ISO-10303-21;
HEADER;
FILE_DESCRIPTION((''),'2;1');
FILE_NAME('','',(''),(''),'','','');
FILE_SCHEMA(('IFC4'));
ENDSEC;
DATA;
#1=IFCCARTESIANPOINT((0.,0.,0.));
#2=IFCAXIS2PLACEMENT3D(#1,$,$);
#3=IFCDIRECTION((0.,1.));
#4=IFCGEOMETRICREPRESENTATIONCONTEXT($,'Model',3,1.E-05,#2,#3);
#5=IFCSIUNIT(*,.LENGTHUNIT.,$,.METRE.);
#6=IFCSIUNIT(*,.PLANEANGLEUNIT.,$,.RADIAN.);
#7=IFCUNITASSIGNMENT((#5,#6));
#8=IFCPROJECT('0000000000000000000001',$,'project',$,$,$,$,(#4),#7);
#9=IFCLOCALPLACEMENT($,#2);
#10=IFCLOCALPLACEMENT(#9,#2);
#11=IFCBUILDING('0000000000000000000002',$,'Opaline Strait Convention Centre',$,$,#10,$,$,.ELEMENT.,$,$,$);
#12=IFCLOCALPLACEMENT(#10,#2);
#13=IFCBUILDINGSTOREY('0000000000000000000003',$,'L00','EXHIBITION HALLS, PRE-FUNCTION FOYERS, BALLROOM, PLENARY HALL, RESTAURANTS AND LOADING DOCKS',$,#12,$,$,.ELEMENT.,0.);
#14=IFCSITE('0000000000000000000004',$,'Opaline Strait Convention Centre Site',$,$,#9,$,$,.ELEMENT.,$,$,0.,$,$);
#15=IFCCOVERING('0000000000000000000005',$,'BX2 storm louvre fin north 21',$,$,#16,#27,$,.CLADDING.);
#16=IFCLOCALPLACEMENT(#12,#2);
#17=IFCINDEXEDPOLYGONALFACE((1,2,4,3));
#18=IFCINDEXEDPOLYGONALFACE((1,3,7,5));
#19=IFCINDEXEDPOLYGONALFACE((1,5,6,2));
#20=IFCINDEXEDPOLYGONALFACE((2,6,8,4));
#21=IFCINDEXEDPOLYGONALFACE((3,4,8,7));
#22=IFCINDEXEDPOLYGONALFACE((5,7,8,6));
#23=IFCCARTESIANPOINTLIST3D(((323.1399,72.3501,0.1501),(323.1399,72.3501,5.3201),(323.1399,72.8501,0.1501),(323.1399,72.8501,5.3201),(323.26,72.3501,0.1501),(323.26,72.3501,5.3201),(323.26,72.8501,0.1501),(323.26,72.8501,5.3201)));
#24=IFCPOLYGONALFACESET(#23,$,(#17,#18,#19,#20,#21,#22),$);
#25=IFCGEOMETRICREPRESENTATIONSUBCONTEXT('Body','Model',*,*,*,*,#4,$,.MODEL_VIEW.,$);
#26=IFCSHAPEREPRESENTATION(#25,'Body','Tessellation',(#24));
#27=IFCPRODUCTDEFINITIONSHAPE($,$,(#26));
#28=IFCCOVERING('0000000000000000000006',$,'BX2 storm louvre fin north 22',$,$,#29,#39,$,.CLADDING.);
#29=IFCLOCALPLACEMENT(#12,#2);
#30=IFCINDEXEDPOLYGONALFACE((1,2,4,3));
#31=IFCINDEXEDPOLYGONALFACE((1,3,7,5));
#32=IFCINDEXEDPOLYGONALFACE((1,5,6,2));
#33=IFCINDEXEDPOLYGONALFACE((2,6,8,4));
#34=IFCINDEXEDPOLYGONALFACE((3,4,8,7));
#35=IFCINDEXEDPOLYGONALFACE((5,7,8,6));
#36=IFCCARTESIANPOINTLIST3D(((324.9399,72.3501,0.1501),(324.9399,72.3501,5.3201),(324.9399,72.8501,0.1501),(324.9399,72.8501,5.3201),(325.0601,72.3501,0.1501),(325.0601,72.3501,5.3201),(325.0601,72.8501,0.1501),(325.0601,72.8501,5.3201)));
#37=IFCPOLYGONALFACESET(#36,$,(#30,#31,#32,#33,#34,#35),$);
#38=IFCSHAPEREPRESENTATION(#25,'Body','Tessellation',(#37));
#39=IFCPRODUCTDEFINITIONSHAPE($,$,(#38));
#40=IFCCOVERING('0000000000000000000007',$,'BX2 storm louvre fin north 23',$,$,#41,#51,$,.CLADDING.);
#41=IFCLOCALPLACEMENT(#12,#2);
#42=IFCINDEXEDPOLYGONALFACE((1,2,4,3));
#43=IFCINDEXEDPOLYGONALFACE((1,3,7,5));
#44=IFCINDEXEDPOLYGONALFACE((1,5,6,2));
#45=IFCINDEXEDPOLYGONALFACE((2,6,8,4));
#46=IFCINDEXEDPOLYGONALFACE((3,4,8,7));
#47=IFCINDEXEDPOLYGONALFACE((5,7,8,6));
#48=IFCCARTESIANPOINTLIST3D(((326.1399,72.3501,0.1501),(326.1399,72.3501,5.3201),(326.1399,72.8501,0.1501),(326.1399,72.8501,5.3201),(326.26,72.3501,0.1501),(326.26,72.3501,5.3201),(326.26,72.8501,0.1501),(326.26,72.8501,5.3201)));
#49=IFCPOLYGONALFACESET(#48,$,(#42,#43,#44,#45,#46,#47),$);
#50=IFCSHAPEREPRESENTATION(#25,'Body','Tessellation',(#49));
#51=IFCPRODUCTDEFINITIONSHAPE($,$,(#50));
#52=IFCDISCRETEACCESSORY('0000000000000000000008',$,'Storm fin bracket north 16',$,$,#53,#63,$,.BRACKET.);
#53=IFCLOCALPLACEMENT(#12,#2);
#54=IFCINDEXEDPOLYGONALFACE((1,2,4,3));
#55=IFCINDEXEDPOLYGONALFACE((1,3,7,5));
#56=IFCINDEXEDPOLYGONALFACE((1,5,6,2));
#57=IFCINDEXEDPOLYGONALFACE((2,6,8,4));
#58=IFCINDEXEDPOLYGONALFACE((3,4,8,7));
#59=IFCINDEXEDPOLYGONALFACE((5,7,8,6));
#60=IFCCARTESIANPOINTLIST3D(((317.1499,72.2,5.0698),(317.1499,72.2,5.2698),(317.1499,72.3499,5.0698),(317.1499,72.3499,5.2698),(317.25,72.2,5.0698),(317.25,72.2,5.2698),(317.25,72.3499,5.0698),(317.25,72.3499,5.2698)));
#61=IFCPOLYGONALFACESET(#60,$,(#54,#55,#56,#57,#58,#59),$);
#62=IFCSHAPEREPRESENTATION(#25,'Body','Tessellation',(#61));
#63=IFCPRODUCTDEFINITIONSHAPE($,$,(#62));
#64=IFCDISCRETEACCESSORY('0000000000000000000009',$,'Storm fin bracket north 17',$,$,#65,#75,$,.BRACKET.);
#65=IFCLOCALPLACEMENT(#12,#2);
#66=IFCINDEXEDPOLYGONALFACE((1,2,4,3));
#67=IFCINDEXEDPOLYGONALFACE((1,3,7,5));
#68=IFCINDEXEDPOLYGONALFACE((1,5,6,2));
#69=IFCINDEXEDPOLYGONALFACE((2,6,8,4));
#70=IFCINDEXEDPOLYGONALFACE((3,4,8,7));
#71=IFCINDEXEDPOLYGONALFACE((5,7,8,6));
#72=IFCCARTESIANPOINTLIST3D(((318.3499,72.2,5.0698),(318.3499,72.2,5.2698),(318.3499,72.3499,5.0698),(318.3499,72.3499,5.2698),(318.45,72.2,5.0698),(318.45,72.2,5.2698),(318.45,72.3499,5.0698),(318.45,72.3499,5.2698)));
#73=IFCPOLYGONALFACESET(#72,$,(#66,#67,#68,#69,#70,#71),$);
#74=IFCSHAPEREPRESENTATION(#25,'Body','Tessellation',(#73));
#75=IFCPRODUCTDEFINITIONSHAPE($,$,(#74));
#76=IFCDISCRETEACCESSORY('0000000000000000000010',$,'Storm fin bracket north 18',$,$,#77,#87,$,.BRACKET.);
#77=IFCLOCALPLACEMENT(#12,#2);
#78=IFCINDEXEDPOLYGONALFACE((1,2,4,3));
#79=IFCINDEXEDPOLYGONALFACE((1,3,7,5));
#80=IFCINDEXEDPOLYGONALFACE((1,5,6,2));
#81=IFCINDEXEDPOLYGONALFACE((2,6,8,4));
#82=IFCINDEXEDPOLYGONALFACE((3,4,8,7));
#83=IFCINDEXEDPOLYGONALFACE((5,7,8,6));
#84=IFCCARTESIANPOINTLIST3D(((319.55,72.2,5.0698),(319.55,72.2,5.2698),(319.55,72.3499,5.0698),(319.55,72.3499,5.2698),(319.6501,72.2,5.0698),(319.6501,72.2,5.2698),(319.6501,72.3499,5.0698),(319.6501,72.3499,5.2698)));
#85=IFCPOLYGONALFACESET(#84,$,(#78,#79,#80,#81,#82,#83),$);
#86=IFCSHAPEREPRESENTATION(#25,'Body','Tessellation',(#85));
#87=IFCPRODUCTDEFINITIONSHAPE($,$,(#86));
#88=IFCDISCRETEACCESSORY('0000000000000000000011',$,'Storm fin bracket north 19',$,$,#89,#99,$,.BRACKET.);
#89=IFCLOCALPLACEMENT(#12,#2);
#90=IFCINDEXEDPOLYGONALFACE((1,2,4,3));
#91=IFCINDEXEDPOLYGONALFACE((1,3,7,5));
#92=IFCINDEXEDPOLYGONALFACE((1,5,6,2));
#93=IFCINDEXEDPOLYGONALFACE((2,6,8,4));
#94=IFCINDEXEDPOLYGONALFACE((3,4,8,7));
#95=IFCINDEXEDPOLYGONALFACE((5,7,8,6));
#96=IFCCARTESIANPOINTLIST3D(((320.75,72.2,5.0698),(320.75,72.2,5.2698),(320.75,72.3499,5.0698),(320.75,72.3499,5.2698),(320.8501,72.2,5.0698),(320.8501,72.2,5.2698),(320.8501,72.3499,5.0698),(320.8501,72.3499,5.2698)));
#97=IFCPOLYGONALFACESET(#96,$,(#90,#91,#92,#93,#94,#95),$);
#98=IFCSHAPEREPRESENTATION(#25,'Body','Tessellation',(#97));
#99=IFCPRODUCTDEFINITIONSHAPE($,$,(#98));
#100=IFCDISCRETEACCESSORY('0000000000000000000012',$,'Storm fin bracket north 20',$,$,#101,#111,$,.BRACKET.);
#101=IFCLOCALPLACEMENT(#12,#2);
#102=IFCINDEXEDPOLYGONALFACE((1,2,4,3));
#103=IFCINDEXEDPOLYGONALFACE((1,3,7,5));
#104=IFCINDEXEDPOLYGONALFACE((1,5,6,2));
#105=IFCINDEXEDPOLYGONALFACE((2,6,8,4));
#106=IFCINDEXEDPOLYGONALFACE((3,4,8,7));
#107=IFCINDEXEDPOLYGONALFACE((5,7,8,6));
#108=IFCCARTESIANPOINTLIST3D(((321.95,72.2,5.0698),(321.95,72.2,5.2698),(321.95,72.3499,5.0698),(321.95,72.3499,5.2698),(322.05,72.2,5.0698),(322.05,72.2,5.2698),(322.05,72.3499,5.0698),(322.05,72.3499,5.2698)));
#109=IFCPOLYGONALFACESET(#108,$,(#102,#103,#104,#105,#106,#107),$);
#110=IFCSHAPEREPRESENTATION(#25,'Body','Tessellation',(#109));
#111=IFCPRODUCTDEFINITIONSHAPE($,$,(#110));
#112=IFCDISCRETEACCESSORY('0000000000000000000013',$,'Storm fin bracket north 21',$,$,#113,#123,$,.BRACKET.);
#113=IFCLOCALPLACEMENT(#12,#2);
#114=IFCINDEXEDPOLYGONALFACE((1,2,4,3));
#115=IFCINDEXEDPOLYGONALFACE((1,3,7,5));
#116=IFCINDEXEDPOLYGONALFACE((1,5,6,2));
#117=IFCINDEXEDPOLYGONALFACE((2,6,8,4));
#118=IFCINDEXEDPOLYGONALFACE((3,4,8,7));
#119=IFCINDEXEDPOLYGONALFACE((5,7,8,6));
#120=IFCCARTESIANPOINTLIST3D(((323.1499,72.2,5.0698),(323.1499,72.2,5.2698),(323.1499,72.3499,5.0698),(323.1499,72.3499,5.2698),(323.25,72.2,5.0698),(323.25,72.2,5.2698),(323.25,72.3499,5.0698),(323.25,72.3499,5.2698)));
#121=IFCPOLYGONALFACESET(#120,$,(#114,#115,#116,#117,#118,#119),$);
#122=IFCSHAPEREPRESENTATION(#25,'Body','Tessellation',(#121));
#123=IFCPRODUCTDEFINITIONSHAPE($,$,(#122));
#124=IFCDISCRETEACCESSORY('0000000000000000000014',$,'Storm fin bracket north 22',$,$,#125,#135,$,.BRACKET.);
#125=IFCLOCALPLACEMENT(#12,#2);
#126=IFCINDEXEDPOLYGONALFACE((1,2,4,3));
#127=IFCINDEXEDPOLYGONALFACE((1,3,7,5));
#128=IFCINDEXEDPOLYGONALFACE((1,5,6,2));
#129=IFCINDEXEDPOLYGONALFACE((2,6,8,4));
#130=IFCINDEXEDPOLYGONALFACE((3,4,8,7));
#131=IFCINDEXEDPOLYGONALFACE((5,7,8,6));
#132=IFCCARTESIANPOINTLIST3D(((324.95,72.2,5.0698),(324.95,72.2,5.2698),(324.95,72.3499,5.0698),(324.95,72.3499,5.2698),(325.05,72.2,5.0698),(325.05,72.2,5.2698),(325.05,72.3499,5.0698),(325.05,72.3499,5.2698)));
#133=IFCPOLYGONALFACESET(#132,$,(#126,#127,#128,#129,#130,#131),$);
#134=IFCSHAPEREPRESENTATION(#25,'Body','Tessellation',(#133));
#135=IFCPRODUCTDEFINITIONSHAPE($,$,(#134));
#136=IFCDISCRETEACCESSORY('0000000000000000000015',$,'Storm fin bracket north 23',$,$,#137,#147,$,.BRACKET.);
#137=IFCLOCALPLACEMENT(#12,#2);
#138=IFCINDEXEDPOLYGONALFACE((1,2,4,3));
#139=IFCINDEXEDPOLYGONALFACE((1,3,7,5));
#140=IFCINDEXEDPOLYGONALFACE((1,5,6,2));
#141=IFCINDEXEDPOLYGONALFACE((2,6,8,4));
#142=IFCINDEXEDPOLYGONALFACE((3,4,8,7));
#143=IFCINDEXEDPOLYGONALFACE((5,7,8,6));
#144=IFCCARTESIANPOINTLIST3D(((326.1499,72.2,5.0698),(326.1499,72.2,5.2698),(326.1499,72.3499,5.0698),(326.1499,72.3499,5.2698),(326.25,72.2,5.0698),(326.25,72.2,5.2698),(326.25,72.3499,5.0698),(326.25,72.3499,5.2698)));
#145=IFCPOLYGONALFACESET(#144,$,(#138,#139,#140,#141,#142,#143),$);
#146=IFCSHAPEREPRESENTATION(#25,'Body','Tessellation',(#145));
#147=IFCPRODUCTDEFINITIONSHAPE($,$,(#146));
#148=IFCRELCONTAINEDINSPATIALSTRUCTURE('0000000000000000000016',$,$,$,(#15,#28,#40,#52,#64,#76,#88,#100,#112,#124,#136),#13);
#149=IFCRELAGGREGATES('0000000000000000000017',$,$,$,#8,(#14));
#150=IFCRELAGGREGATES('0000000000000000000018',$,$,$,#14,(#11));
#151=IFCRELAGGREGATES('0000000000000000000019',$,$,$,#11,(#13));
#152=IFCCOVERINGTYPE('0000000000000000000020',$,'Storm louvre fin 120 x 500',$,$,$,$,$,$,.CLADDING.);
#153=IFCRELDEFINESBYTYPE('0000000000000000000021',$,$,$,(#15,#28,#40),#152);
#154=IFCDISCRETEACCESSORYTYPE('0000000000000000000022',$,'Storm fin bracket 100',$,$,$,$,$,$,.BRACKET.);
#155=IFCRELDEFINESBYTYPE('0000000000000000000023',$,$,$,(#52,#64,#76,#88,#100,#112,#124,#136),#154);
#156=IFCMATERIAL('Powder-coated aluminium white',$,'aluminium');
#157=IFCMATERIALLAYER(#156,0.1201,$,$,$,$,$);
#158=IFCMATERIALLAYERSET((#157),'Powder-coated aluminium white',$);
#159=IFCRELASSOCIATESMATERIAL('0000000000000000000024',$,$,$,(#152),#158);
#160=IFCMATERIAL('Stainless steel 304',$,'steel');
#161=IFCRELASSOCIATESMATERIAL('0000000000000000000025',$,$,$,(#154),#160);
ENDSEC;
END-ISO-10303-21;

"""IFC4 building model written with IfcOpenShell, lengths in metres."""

from ifc_helpers import new_model, si_unit, direction, frame, origin, origin_2d, place, context, subcontext, project, spatial, rectangle, extrude, material, layer, layer_set, type_object, element, save


model = new_model("IFC4")

# Units and contexts
model_context = context("Model", 3, precision=1e-05, world=origin(), true_north=direction((0.0, 1.0)))
body_context = subcontext(model_context, "Body", "Model", "MODEL_VIEW")
ifc_project = project(units=[si_unit("LENGTHUNIT", "METRE"), si_unit("PLANEANGLEUNIT", "RADIAN")], contexts=[model_context])

# Site, building, storey
site_placement = place(None, origin())
site = spatial("IfcSite", under=ifc_project, at=site_placement, Name="Opaline Strait Convention Centre Site", CompositionType="ELEMENT", RefElevation=0.0)
building_placement = place(site_placement, origin())
building = spatial("IfcBuilding", under=site, at=building_placement, Name="Opaline Strait Convention Centre", CompositionType="ELEMENT")
storey_placement = place(building_placement, origin())
storey = spatial("IfcBuildingStorey", under=building, at=storey_placement, Name="L00", Description="EXHIBITION HALLS, PRE-FUNCTION FOYERS, BALLROOM, PLENARY HALL, RESTAURANTS AND LOADING DOCKS", CompositionType="ELEMENT", Elevation=0.0)

# Coverings
ifc_material_1 = material(Name="Powder-coated aluminium white", Category="aluminium")
ifc_layer = layer(ifc_material_1, 0.1201)
ifc_layer_set = layer_set([ifc_layer], Name="Powder-coated aluminium white")
covering_type = type_object("IfcCoveringType", Name="Storm louvre fin 120 x 500", PredefinedType="CLADDING", material=ifc_layer_set)
for number, where, z_axis, x_axis, name in (
    (1, (323.2, 72.6001, 0.1501), (0.0, 0.0, 1.0), (1.0, 0.0, 0.0), "BX2 storm louvre fin north 21"),
    (2, (325.0, 72.6001, 0.1501), (0.0, 0.0, 1.0), (1.0, 0.0, 0.0), "BX2 storm louvre fin north 22"),
    (3, (326.2, 72.6001, 0.1501), (0.0, 0.0, 1.0), (1.0, 0.0, 0.0), "BX2 storm louvre fin north 23"),
):
    element("IfcCovering", number, at=place(storey_placement, frame(where, z_axis=z_axis, x_axis=x_axis)), inside=storey, type_object=covering_type, Name=name, PredefinedType="CLADDING", context=body_context, shape_type="SweptSolid", body=[
        extrude(rectangle(XDim=0.1201, YDim=0.5, at=origin_2d()), origin(), (0.0, 0.0, 1.0), 5.1699),
    ])

# Discrete accessories
ifc_material_2 = material(Name="Stainless steel 304", Category="steel")
discrete_accessory_type = type_object("IfcDiscreteAccessoryType", Name="Storm fin bracket 100", PredefinedType="BRACKET", material=ifc_material_2)
for number, where, z_axis, x_axis, name in (
    (4, (317.2, 72.2749, 5.0698), (0.0, 0.0, 1.0), (1.0, 0.0, 0.0), "Storm fin bracket north 16"),
    (5, (318.3999, 72.2749, 5.0698), (0.0, 0.0, 1.0), (1.0, 0.0, 0.0), "Storm fin bracket north 17"),
    (6, (319.6001, 72.2749, 5.0698), (0.0, 0.0, 1.0), (1.0, 0.0, 0.0), "Storm fin bracket north 18"),
    (7, (320.8, 72.2749, 5.0698), (0.0, 0.0, 1.0), (1.0, 0.0, 0.0), "Storm fin bracket north 19"),
    (8, (322.0, 72.2749, 5.0698), (0.0, 0.0, 1.0), (1.0, 0.0, 0.0), "Storm fin bracket north 20"),
    (9, (323.2, 72.2749, 5.0698), (0.0, 0.0, 1.0), (1.0, 0.0, 0.0), "Storm fin bracket north 21"),
    (10, (325.0, 72.2749, 5.0698), (0.0, 0.0, 1.0), (1.0, 0.0, 0.0), "Storm fin bracket north 22"),
    (11, (326.2, 72.2749, 5.0698), (0.0, 0.0, 1.0), (1.0, 0.0, 0.0), "Storm fin bracket north 23"),
):
    element("IfcDiscreteAccessory", number, at=place(storey_placement, frame(where, z_axis=z_axis, x_axis=x_axis)), inside=storey, type_object=discrete_accessory_type, Name=name, PredefinedType="BRACKET", context=body_context, shape_type="SweptSolid", body=[
        extrude(rectangle(XDim=0.1001, YDim=0.1499, at=origin_2d()), origin(), (0.0, 0.0, 1.0), 0.2),
    ])

save(model, "model.ifc")
